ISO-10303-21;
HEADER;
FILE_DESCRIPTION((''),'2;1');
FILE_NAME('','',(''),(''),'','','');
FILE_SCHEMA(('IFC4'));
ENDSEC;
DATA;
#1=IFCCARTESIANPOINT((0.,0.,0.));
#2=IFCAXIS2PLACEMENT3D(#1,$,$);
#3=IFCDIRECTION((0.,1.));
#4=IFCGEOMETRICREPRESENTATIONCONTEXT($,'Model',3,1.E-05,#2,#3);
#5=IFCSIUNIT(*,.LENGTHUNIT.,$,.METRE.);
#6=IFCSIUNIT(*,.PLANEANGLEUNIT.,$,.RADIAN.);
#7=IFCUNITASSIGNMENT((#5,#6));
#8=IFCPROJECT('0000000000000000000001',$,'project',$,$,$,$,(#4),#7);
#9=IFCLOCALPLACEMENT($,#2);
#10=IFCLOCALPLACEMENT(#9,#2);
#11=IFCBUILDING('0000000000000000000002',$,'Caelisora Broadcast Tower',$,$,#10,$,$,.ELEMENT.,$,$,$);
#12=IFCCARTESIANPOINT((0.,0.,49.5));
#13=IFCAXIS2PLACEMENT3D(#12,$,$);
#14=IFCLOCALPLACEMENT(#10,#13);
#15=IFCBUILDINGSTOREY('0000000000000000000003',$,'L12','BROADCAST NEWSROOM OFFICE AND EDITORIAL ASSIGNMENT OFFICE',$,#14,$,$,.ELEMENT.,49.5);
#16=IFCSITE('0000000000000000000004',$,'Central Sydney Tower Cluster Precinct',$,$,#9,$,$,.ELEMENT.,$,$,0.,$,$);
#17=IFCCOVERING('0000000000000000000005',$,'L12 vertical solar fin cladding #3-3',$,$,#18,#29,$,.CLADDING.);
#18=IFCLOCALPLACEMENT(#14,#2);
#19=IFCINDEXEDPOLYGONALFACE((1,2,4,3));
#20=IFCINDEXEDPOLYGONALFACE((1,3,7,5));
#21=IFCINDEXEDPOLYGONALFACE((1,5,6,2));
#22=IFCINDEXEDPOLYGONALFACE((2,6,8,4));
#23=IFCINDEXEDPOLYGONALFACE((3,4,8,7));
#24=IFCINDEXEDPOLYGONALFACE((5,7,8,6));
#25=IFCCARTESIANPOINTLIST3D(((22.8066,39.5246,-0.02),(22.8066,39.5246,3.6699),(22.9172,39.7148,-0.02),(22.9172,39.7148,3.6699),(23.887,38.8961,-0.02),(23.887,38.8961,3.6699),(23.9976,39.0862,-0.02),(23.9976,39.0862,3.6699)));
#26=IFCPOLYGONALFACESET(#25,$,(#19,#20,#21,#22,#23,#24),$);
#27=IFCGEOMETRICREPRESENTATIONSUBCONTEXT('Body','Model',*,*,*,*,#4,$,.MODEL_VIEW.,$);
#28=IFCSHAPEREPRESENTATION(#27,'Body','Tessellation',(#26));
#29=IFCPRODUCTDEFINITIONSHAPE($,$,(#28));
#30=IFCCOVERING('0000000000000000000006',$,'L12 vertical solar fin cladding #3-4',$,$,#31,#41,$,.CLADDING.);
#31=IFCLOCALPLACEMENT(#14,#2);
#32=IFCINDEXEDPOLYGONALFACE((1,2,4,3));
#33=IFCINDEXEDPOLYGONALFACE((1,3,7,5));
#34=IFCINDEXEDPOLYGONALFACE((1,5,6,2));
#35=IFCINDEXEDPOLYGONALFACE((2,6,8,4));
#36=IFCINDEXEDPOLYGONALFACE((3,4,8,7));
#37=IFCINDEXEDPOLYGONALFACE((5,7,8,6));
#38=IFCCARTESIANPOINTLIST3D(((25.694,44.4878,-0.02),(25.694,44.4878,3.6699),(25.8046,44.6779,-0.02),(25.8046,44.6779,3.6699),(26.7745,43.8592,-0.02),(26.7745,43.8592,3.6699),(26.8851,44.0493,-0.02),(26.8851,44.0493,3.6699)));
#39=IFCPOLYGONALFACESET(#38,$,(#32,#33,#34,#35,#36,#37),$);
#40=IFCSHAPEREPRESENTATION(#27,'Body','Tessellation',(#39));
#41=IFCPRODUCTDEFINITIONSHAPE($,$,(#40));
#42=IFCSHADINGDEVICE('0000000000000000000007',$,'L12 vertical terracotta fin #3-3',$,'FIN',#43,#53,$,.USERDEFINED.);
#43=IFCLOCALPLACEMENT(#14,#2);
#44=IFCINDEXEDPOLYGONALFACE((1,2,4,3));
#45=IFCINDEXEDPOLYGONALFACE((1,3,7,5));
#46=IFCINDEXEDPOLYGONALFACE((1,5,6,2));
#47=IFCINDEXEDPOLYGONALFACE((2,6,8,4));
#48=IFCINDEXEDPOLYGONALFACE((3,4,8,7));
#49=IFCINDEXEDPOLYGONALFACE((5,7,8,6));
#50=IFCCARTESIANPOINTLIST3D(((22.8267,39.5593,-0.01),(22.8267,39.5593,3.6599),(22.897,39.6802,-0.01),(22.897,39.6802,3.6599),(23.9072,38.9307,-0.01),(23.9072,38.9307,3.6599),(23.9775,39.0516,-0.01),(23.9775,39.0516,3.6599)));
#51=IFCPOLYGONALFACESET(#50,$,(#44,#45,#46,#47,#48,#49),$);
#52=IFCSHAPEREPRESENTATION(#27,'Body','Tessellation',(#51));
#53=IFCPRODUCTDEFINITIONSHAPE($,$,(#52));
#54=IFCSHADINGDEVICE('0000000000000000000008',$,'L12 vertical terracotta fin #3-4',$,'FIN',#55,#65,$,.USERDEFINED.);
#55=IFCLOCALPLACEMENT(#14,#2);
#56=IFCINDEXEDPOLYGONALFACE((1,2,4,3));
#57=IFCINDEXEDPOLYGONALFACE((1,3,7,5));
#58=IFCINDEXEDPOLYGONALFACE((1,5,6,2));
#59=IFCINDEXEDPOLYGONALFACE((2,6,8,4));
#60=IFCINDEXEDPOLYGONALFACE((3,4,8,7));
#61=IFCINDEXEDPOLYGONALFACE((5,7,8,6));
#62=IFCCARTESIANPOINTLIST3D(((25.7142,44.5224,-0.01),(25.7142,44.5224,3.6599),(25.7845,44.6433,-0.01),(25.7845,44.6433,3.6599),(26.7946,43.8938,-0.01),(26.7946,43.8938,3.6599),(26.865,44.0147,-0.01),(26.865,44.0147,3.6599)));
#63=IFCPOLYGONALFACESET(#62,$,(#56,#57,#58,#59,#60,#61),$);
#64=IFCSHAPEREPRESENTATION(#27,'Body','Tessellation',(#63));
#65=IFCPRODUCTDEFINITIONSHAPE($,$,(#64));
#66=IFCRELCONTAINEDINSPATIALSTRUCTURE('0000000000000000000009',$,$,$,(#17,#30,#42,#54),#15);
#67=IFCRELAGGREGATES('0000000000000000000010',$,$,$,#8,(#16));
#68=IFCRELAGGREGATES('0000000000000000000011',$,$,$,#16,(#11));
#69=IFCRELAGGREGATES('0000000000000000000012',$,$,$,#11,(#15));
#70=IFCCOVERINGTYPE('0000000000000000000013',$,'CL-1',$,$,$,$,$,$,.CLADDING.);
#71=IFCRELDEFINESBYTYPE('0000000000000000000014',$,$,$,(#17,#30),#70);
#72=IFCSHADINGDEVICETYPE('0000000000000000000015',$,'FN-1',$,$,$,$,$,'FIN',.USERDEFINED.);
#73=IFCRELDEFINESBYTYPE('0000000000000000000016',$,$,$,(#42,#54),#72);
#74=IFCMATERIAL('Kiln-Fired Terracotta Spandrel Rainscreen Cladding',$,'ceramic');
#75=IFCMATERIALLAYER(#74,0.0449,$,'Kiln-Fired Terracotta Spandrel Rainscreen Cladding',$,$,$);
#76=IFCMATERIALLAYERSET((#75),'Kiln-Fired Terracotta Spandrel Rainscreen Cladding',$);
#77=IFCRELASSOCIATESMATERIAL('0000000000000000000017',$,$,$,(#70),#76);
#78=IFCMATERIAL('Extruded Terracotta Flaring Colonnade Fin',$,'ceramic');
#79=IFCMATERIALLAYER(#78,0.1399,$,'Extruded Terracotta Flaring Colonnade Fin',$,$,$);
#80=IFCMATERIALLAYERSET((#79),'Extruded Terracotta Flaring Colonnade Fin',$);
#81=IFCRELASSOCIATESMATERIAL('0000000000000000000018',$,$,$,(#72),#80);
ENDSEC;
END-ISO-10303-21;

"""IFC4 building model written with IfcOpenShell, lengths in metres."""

from ifc_helpers import new_model, si_unit, direction, frame, origin, origin_2d, place, context, subcontext, project, spatial, rectangle, extrude, source, transform, mapped, material, layer, layer_set, type_object, type_shapes, element, save


model = new_model("IFC4")

# Units and contexts
model_context = context("Model", 3, precision=1e-05, world=origin(), true_north=direction((0.0, 1.0)))
body_context = subcontext(model_context, "Body", "Model", "MODEL_VIEW")
ifc_project = project(units=[si_unit("LENGTHUNIT", "METRE"), si_unit("PLANEANGLEUNIT", "RADIAN")], contexts=[model_context])

# Site, building, storey
site_placement = place(None, origin())
site = spatial("IfcSite", under=ifc_project, at=site_placement, Name="Central Sydney Tower Cluster Precinct", CompositionType="ELEMENT", RefElevation=0.0)
building_placement = place(site_placement, origin())
building = spatial("IfcBuilding", under=site, at=building_placement, Name="Caelisora Broadcast Tower", CompositionType="ELEMENT")
storey_placement = place(building_placement, frame((0.0, 0.0, 49.5)))
storey = spatial("IfcBuildingStorey", under=building, at=storey_placement, Name="L12", Description="BROADCAST NEWSROOM OFFICE AND EDITORIAL ASSIGNMENT OFFICE", CompositionType="ELEMENT", Elevation=49.5)

# Coverings
ifc_material_1 = material(Name="Kiln-Fired Terracotta Spandrel Rainscreen Cladding", Category="ceramic")
ifc_layer_1 = layer(ifc_material_1, 0.0449, Name="Kiln-Fired Terracotta Spandrel Rainscreen Cladding")
ifc_layer_set_1 = layer_set([ifc_layer_1], Name="Kiln-Fired Terracotta Spandrel Rainscreen Cladding")
covering_type = type_object("IfcCoveringType", Name="CL-1", PredefinedType="CLADDING", material=ifc_layer_set_1)
shared_shape_1 = source(origin(), body_context, "Body", "SweptSolid", [
    extrude(rectangle(XDim=0.22, YDim=1.25, at=origin_2d()), origin(), (0.0, 0.0, 1.0), 3.6899),
])
type_shapes(covering_type, [shared_shape_1])
for number, where, z_axis, x_axis, name in (
    (1, (23.4021, 39.3054, -0.02), (0.0, 0.0, 1.0), (0.502869, 0.864363, 0.0), "L12 vertical solar fin cladding #3-3"),
    (2, (26.2896, 44.2686, -0.02), (0.0, 0.0, 1.0), (0.502869, 0.864363, 0.0), "L12 vertical solar fin cladding #3-4"),
):
    element("IfcCovering", number, at=place(storey_placement, frame(where, z_axis=z_axis, x_axis=x_axis)), inside=storey, type_object=covering_type, Name=name, PredefinedType="CLADDING", context=body_context, shape_type="MappedRepresentation", body=[
        mapped(shared_shape_1, transform((0.0, 0.0, 0.0), scale=1.0)),
    ])

# Shading devices
ifc_material_2 = material(Name="Extruded Terracotta Flaring Colonnade Fin", Category="ceramic")
ifc_layer_2 = layer(ifc_material_2, 0.1399, Name="Extruded Terracotta Flaring Colonnade Fin")
ifc_layer_set_2 = layer_set([ifc_layer_2], Name="Extruded Terracotta Flaring Colonnade Fin")
shading_device_type = type_object("IfcShadingDeviceType", Name="FN-1", ElementType="FIN", PredefinedType="USERDEFINED", material=ifc_layer_set_2)
shared_shape_2 = source(origin(), body_context, "Body", "SweptSolid", [
    extrude(rectangle(XDim=0.1399, YDim=1.25, at=origin_2d()), origin(), (0.0, 0.0, 1.0), 3.6699),
])
type_shapes(shading_device_type, [shared_shape_2])
for number, where, z_axis, x_axis, name in (
    (3, (23.4021, 39.3054, -0.01), (0.0, 0.0, 1.0), (0.502869, 0.864363, 0.0), "L12 vertical terracotta fin #3-3"),
    (4, (26.2896, 44.2686, -0.01), (0.0, 0.0, 1.0), (0.502869, 0.864363, 0.0), "L12 vertical terracotta fin #3-4"),
):
    element("IfcShadingDevice", number, at=place(storey_placement, frame(where, z_axis=z_axis, x_axis=x_axis)), inside=storey, type_object=shading_device_type, Name=name, ObjectType="FIN", PredefinedType="USERDEFINED", context=body_context, shape_type="MappedRepresentation", body=[
        mapped(shared_shape_2, transform((0.0, 0.0, 0.0), scale=1.0)),
    ])

save(model, "model.ifc")
